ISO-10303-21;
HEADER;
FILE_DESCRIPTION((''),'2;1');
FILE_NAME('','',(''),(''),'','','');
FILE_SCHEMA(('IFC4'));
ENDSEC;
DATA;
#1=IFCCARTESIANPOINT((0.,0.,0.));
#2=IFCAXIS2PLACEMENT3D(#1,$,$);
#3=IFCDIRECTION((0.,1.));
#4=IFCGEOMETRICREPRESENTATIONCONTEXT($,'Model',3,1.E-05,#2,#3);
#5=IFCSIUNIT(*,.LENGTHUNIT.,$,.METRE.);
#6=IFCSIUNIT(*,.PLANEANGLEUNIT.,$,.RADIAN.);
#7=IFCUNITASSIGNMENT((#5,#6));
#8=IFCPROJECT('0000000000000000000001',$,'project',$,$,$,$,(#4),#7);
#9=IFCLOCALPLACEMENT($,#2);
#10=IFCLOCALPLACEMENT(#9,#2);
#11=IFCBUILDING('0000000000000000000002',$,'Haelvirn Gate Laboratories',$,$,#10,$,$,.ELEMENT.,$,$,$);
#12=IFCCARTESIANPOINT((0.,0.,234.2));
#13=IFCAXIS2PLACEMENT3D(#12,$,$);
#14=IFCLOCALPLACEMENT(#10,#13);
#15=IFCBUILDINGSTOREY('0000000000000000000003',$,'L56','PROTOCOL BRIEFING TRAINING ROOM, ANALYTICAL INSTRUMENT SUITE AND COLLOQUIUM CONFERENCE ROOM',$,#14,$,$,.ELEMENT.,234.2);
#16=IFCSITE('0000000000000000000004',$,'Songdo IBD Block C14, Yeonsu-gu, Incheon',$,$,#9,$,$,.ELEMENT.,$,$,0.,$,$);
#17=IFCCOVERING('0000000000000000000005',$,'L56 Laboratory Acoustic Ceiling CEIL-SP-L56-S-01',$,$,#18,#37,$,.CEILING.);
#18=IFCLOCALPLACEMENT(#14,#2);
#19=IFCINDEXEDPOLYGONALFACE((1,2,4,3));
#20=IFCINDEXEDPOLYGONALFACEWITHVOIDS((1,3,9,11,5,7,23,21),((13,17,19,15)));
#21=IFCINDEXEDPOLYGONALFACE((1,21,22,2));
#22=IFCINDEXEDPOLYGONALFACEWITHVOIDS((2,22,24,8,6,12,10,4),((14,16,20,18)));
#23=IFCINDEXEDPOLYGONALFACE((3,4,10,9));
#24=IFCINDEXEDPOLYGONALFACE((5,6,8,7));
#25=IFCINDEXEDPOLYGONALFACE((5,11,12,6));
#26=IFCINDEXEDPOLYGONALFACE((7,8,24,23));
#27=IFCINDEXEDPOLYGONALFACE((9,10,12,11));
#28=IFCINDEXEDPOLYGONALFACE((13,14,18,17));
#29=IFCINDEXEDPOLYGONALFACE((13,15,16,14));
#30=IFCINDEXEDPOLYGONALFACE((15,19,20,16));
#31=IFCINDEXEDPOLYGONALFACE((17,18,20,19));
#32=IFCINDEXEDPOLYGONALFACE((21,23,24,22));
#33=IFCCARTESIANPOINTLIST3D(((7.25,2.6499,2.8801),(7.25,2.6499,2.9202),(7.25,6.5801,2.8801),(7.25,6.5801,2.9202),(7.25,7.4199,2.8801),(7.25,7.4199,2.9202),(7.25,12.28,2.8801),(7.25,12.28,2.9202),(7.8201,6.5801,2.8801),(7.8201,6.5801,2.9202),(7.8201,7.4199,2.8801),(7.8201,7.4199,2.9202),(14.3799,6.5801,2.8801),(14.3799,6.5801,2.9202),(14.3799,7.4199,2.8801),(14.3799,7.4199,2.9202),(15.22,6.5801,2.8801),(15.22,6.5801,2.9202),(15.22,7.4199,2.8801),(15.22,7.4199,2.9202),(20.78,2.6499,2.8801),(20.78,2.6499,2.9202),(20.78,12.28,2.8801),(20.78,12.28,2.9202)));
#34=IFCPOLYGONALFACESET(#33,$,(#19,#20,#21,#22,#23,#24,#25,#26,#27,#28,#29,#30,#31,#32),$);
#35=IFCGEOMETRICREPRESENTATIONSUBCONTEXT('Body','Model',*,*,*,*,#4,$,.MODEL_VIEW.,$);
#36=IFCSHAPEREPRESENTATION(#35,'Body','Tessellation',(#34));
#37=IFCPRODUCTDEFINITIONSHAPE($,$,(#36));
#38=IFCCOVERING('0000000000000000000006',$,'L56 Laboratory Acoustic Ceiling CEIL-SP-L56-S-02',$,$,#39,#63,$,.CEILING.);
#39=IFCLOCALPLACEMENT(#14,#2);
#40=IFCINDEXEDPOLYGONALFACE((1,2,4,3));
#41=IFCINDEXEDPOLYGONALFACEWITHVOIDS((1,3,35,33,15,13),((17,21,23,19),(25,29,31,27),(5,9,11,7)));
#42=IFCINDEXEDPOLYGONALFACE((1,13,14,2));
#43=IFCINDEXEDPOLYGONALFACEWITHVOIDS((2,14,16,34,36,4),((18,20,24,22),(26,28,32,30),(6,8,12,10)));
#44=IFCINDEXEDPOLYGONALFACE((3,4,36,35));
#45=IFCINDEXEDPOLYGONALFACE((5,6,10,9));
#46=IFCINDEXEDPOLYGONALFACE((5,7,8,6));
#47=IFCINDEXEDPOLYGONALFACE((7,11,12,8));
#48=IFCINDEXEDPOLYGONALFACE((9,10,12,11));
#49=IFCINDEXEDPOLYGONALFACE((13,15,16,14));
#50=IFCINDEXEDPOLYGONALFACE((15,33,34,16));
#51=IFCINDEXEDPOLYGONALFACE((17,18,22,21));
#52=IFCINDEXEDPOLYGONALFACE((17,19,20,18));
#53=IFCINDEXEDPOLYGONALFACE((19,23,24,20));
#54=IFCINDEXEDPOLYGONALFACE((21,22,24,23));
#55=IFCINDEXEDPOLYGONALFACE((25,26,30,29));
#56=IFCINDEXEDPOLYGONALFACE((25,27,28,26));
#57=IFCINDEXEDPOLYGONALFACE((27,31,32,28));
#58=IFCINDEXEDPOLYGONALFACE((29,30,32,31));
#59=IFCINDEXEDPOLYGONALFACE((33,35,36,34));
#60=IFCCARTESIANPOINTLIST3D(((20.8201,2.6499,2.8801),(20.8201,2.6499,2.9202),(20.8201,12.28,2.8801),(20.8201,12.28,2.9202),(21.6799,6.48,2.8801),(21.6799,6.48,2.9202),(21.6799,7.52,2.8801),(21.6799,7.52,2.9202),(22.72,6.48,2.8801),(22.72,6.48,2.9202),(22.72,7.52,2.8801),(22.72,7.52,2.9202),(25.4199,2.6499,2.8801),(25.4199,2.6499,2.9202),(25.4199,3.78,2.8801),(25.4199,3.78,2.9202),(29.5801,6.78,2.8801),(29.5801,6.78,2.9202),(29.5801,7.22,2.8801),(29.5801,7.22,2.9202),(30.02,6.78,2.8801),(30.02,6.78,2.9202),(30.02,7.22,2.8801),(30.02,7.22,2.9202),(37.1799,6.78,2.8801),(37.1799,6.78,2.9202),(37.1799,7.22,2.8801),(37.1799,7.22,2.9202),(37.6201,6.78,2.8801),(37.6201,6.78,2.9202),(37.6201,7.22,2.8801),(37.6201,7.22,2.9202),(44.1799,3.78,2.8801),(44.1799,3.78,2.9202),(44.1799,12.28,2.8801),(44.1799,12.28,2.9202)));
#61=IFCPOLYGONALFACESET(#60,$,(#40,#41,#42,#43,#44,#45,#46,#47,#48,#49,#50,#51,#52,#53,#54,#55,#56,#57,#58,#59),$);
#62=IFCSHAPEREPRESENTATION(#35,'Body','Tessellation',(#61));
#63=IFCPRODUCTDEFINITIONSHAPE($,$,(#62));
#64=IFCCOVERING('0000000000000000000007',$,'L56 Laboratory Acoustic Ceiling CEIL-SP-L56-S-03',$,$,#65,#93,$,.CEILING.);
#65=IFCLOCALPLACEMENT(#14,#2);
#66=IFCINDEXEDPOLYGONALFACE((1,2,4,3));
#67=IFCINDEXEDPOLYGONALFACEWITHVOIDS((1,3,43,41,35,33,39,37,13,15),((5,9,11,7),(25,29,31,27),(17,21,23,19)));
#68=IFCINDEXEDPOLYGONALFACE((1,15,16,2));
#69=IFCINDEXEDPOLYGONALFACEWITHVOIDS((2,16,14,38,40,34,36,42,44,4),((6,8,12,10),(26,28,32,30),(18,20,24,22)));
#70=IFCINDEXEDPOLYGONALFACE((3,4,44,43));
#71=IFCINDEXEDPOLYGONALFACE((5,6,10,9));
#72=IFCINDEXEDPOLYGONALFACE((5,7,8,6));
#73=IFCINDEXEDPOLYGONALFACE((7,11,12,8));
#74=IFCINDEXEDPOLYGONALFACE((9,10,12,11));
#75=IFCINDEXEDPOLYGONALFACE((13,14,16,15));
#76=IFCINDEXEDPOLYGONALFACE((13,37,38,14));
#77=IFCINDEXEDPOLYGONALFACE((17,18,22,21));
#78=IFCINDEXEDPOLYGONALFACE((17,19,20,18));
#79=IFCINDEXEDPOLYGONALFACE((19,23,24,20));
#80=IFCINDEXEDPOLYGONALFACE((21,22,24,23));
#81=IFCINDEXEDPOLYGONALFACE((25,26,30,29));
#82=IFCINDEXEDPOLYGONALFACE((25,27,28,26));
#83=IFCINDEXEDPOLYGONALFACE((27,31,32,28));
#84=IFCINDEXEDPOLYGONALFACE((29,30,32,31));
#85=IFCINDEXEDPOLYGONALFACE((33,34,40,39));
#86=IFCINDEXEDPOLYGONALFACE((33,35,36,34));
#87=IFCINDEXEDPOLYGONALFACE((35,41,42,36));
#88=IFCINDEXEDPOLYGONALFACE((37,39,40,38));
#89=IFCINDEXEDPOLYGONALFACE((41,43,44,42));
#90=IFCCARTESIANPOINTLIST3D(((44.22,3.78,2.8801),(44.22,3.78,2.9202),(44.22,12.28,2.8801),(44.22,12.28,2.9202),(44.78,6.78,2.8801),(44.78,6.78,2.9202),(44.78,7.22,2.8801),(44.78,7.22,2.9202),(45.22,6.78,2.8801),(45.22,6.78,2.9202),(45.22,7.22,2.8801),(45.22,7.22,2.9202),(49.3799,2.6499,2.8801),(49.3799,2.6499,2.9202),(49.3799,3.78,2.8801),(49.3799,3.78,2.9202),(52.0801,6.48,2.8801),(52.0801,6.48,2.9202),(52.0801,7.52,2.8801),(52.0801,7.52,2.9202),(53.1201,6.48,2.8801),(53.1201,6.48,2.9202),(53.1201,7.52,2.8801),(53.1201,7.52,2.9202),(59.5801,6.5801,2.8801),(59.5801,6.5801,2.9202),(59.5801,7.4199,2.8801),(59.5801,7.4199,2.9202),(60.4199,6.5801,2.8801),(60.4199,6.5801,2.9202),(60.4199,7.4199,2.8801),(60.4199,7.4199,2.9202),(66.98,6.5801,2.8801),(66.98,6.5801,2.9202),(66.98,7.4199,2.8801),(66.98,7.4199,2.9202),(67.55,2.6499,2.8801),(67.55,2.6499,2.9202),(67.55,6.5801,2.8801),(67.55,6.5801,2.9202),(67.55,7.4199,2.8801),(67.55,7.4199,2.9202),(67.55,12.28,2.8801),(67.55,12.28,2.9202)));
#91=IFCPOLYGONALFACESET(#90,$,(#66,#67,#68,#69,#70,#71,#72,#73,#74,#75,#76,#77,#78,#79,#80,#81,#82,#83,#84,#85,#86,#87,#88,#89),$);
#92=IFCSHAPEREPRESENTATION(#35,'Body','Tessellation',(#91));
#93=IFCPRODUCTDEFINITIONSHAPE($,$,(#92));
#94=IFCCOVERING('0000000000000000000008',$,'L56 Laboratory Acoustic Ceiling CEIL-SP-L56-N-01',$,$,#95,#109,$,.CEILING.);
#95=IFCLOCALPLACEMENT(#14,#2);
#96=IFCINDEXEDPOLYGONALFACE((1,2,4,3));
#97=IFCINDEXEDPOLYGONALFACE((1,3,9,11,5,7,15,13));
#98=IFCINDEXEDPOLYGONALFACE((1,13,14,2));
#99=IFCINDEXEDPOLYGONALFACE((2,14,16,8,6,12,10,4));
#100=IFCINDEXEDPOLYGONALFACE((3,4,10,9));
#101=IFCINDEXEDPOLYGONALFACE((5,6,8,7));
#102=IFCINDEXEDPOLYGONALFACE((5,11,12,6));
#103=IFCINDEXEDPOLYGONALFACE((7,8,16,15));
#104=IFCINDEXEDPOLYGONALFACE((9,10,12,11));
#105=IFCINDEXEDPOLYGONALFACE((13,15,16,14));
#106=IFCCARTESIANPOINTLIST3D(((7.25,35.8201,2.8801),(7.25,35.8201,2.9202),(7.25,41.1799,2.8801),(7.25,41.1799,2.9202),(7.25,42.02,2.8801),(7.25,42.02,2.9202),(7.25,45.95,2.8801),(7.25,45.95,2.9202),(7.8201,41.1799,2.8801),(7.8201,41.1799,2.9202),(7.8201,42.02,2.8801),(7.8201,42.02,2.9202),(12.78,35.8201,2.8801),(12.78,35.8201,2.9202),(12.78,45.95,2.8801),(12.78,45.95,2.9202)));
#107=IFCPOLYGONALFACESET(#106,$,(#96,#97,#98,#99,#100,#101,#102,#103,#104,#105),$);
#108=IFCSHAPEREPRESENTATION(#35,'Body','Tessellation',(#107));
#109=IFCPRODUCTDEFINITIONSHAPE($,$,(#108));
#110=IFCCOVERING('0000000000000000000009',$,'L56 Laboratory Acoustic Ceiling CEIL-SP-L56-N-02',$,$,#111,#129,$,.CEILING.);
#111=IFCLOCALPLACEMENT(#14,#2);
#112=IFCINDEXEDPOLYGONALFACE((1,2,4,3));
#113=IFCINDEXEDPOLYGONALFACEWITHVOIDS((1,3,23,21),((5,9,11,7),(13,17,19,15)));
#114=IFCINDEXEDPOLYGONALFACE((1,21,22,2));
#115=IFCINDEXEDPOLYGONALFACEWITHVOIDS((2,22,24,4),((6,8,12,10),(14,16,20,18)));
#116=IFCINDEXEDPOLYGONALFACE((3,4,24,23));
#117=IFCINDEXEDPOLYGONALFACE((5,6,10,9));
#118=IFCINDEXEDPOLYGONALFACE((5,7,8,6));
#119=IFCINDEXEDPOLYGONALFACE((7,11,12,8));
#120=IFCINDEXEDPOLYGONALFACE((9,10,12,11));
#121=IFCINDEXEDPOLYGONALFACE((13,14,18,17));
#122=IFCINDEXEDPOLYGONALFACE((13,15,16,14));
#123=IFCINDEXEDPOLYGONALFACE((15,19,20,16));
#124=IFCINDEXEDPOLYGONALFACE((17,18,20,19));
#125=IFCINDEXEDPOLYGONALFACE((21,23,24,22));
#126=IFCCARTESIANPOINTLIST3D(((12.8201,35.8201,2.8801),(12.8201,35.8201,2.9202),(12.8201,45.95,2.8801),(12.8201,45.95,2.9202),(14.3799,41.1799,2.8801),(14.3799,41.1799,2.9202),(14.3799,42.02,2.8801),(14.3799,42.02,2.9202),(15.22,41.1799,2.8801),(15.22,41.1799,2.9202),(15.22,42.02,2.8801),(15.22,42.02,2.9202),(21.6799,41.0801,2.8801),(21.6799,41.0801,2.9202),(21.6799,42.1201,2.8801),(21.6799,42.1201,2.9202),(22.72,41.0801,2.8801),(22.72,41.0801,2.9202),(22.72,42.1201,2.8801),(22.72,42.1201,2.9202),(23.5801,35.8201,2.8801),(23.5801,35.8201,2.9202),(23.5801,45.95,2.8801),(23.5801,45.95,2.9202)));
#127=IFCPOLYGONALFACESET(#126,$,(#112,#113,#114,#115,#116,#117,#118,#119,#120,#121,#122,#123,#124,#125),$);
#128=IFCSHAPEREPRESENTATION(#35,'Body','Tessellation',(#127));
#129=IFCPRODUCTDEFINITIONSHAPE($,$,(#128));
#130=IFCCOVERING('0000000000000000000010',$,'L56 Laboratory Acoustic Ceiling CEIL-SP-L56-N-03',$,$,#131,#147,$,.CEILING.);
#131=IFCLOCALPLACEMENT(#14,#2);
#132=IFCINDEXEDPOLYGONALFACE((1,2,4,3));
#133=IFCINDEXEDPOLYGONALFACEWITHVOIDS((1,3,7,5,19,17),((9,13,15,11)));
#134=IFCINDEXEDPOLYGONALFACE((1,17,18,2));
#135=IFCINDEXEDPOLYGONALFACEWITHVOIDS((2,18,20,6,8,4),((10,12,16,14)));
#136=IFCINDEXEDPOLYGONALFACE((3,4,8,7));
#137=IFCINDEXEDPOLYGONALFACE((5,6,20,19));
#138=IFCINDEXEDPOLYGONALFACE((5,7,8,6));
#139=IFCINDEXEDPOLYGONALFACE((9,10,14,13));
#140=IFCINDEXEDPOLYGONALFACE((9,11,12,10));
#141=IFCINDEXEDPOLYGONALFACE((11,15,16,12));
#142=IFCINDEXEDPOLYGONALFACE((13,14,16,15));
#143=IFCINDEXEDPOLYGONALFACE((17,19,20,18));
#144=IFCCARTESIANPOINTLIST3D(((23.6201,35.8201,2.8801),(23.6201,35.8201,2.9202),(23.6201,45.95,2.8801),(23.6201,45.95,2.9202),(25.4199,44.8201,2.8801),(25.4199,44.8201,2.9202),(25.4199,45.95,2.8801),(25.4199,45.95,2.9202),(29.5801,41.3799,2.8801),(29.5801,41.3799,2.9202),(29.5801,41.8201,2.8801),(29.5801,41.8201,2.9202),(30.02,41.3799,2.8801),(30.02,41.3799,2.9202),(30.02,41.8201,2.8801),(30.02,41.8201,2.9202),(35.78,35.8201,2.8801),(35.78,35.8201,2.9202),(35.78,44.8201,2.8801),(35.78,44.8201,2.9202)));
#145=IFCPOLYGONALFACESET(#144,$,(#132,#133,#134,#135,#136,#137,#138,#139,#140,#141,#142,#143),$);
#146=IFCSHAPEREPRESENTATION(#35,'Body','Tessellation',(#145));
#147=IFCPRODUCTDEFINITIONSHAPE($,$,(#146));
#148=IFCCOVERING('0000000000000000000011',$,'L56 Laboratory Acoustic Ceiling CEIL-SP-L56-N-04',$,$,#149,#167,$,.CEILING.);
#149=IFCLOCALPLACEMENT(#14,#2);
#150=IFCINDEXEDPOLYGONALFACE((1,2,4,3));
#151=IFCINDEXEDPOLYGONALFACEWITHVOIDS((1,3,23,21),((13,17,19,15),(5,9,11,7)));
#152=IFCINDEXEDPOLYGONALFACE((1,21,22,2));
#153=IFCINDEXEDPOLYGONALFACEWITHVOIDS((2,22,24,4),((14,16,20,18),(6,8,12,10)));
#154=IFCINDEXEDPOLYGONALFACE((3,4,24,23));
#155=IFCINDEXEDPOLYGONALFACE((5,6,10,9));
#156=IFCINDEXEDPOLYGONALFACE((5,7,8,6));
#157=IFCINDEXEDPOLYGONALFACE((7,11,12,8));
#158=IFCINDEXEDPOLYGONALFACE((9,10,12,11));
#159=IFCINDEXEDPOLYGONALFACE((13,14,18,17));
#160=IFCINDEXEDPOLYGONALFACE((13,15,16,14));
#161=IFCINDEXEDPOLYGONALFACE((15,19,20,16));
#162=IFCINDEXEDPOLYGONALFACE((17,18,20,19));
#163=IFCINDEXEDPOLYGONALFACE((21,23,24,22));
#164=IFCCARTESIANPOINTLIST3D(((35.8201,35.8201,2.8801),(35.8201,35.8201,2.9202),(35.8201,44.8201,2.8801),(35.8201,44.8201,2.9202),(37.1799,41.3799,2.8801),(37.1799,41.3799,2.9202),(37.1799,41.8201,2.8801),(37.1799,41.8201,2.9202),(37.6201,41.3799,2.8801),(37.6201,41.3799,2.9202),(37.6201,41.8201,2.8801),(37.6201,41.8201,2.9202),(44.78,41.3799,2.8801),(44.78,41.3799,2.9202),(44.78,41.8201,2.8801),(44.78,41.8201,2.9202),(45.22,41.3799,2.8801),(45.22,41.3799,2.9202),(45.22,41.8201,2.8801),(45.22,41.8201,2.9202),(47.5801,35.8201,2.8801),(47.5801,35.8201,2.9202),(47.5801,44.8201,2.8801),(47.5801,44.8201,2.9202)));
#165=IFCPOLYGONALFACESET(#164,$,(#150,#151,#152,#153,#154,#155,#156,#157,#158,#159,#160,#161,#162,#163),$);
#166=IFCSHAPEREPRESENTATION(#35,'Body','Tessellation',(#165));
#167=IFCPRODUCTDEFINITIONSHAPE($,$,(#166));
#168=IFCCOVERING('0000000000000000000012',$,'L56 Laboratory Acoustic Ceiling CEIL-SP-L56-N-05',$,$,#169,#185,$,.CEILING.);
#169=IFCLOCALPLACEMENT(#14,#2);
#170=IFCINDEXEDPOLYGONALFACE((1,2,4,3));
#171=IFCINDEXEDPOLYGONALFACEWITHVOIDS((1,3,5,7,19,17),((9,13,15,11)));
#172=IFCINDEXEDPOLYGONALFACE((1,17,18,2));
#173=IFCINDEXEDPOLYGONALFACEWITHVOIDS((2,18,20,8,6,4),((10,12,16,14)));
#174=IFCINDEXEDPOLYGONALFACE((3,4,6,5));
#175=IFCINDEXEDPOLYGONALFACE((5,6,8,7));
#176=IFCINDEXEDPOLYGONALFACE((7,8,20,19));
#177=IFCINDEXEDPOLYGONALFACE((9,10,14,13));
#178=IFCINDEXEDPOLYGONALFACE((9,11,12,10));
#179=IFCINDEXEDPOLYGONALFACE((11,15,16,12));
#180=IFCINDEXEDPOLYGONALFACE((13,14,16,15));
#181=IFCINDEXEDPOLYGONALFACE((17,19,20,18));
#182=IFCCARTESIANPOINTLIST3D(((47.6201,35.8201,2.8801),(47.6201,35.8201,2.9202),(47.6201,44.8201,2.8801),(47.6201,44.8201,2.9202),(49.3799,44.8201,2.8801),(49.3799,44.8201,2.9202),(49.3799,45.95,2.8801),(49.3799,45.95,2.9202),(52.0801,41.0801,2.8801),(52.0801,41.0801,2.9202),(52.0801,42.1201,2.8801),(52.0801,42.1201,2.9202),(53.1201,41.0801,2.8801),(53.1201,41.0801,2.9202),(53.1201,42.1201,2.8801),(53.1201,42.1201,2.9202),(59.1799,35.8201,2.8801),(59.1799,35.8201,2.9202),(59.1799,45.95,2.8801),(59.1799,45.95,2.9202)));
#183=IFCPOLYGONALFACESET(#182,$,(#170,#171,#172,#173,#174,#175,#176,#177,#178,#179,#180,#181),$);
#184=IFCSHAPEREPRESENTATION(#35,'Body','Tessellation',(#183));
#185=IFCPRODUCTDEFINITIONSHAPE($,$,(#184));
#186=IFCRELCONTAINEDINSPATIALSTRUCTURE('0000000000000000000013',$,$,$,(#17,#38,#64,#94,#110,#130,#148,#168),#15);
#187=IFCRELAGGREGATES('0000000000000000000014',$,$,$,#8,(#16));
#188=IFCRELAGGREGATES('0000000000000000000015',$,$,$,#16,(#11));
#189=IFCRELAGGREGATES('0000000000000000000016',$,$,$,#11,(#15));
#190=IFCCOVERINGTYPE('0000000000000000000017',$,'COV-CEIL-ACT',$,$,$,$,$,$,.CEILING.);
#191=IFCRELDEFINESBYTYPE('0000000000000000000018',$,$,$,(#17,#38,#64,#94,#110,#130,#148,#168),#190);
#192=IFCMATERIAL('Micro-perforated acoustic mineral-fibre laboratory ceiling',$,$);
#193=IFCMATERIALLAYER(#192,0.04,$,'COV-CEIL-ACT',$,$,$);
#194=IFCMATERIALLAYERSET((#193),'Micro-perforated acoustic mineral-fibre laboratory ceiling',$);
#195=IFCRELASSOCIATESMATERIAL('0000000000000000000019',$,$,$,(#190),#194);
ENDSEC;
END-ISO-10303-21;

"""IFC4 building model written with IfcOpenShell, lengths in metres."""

from ifc_helpers import new_model, si_unit, direction, frame, origin, place, context, subcontext, project, spatial, polyline, outline, extrude, material, layer, layer_set, type_object, element, save


model = new_model("IFC4")

# Units and contexts
model_context = context("Model", 3, precision=1e-05, world=origin(), true_north=direction((0.0, 1.0)))
body_context = subcontext(model_context, "Body", "Model", "MODEL_VIEW")
ifc_project = project(units=[si_unit("LENGTHUNIT", "METRE"), si_unit("PLANEANGLEUNIT", "RADIAN")], contexts=[model_context])

# Site, building, storey
site_placement = place(None, origin())
site = spatial("IfcSite", under=ifc_project, at=site_placement, Name="Songdo IBD Block C14, Yeonsu-gu, Incheon", CompositionType="ELEMENT", RefElevation=0.0)
building_placement = place(site_placement, origin())
building = spatial("IfcBuilding", under=site, at=building_placement, Name="Haelvirn Gate Laboratories", CompositionType="ELEMENT")
storey_placement = place(building_placement, frame((0.0, 0.0, 234.2)))
storey = spatial("IfcBuildingStorey", under=building, at=storey_placement, Name="L56", Description="PROTOCOL BRIEFING TRAINING ROOM, ANALYTICAL INSTRUMENT SUITE AND COLLOQUIUM CONFERENCE ROOM", CompositionType="ELEMENT", Elevation=234.2)

# Coverings
ifc_material_1 = material(Name="Micro-perforated acoustic mineral-fibre laboratory ceiling")
ifc_layer_1 = layer(ifc_material_1, 0.04, Name="COV-CEIL-ACT")
ifc_layer_set_1 = layer_set([ifc_layer_1], Name="Micro-perforated acoustic mineral-fibre laboratory ceiling")
covering_type = type_object("IfcCoveringType", Name="COV-CEIL-ACT", PredefinedType="CEILING", material=ifc_layer_set_1)
covering_1_placement = place(storey_placement, frame((0.0, 0.0, 2.8801)))
element("IfcCovering", 1, at=covering_1_placement, inside=storey, type_object=covering_type, Name="L56 Laboratory Acoustic Ceiling CEIL-SP-L56-S-01", PredefinedType="CEILING", context=body_context, shape_type="SweptSolid", body=[
    extrude(outline(polyline([(7.25, 6.5801), (7.8201, 6.5801), (7.8201, 7.4199), (7.25, 7.4199), (7.25, 12.28), (20.78, 12.28), (20.78, 2.6499), (7.25, 2.6499), (7.25, 6.5801)]), holes=[polyline([(14.3799, 7.4199), (14.3799, 6.5801), (15.22, 6.5801), (15.22, 7.4199), (14.3799, 7.4199)])]), origin(), (0.0, 0.0, 1.0), 0.04),
])
covering_2_placement = place(storey_placement, frame((0.0, 0.0, 2.8801)))
element("IfcCovering", 2, at=covering_2_placement, inside=storey, type_object=covering_type, Name="L56 Laboratory Acoustic Ceiling CEIL-SP-L56-S-02", PredefinedType="CEILING", context=body_context, shape_type="SweptSolid", body=[
    extrude(outline(polyline([(20.8201, 12.28), (44.1799, 12.28), (44.1799, 3.78), (25.4199, 3.78), (25.4199, 2.6499), (20.8201, 2.6499), (20.8201, 12.28)]), holes=[polyline([(21.6799, 6.48), (22.72, 6.48), (22.72, 7.52), (21.6799, 7.52), (21.6799, 6.48)]), polyline([(29.5801, 7.22), (29.5801, 6.78), (30.02, 6.78), (30.02, 7.22), (29.5801, 7.22)]), polyline([(37.6201, 7.22), (37.1799, 7.22), (37.1799, 6.78), (37.6201, 6.78), (37.6201, 7.22)])]), origin(), (0.0, 0.0, 1.0), 0.04),
])
covering_3_placement = place(storey_placement, frame((0.0, 0.0, 2.8801)))
element("IfcCovering", 3, at=covering_3_placement, inside=storey, type_object=covering_type, Name="L56 Laboratory Acoustic Ceiling CEIL-SP-L56-S-03", PredefinedType="CEILING", context=body_context, shape_type="SweptSolid", body=[
    extrude(outline(polyline([(67.55, 7.4199), (66.98, 7.4199), (66.98, 6.5801), (67.55, 6.5801), (67.55, 2.6499), (49.3799, 2.6499), (49.3799, 3.78), (44.22, 3.78), (44.22, 12.28), (67.55, 12.28), (67.55, 7.4199)]), holes=[polyline([(53.1201, 6.48), (53.1201, 7.52), (52.0801, 7.52), (52.0801, 6.48), (53.1201, 6.48)]), polyline([(59.5801, 6.5801), (60.4199, 6.5801), (60.4199, 7.4199), (59.5801, 7.4199), (59.5801, 6.5801)]), polyline([(45.22, 7.22), (44.78, 7.22), (44.78, 6.78), (45.22, 6.78), (45.22, 7.22)])]), origin(), (0.0, 0.0, 1.0), 0.04),
])
covering_4_placement = place(storey_placement, frame((0.0, 0.0, 2.8801)))
element("IfcCovering", 4, at=covering_4_placement, inside=storey, type_object=covering_type, Name="L56 Laboratory Acoustic Ceiling CEIL-SP-L56-N-01", PredefinedType="CEILING", context=body_context, shape_type="SweptSolid", body=[
    extrude(outline(polyline([(7.25, 45.95), (12.78, 45.95), (12.78, 35.8201), (7.25, 35.8201), (7.25, 41.1799), (7.8201, 41.1799), (7.8201, 42.02), (7.25, 42.02), (7.25, 45.95)])), origin(), (0.0, 0.0, 1.0), 0.04),
])
covering_5_placement = place(storey_placement, frame((0.0, 0.0, 2.8801)))
element("IfcCovering", 5, at=covering_5_placement, inside=storey, type_object=covering_type, Name="L56 Laboratory Acoustic Ceiling CEIL-SP-L56-N-02", PredefinedType="CEILING", context=body_context, shape_type="SweptSolid", body=[
    extrude(outline(polyline([(12.8201, 45.95), (23.5801, 45.95), (23.5801, 35.8201), (12.8201, 35.8201), (12.8201, 45.95)]), holes=[polyline([(14.3799, 42.02), (14.3799, 41.1799), (15.22, 41.1799), (15.22, 42.02), (14.3799, 42.02)]), polyline([(22.72, 42.1201), (21.6799, 42.1201), (21.6799, 41.0801), (22.72, 41.0801), (22.72, 42.1201)])]), origin(), (0.0, 0.0, 1.0), 0.04),
])
covering_6_placement = place(storey_placement, frame((0.0, 0.0, 2.8801)))
element("IfcCovering", 6, at=covering_6_placement, inside=storey, type_object=covering_type, Name="L56 Laboratory Acoustic Ceiling CEIL-SP-L56-N-03", PredefinedType="CEILING", context=body_context, shape_type="SweptSolid", body=[
    extrude(outline(polyline([(25.4199, 45.95), (25.4199, 44.8201), (35.78, 44.8201), (35.78, 35.8201), (23.6201, 35.8201), (23.6201, 45.95), (25.4199, 45.95)]), holes=[polyline([(30.02, 41.8201), (29.5801, 41.8201), (29.5801, 41.3799), (30.02, 41.3799), (30.02, 41.8201)])]), origin(), (0.0, 0.0, 1.0), 0.04),
])
covering_7_placement = place(storey_placement, frame((0.0, 0.0, 2.8801)))
element("IfcCovering", 7, at=covering_7_placement, inside=storey, type_object=covering_type, Name="L56 Laboratory Acoustic Ceiling CEIL-SP-L56-N-04", PredefinedType="CEILING", context=body_context, shape_type="SweptSolid", body=[
    extrude(outline(polyline([(35.8201, 35.8201), (35.8201, 44.8201), (47.5801, 44.8201), (47.5801, 35.8201), (35.8201, 35.8201)]), holes=[polyline([(37.1799, 41.8201), (37.1799, 41.3799), (37.6201, 41.3799), (37.6201, 41.8201), (37.1799, 41.8201)]), polyline([(45.22, 41.8201), (44.78, 41.8201), (44.78, 41.3799), (45.22, 41.3799), (45.22, 41.8201)])]), origin(), (0.0, 0.0, 1.0), 0.04),
])
covering_8_placement = place(storey_placement, frame((0.0, 0.0, 2.8801)))
element("IfcCovering", 8, at=covering_8_placement, inside=storey, type_object=covering_type, Name="L56 Laboratory Acoustic Ceiling CEIL-SP-L56-N-05", PredefinedType="CEILING", context=body_context, shape_type="SweptSolid", body=[
    extrude(outline(polyline([(47.6201, 44.8201), (49.3799, 44.8201), (49.3799, 45.95), (59.1799, 45.95), (59.1799, 35.8201), (47.6201, 35.8201), (47.6201, 44.8201)]), holes=[polyline([(53.1201, 42.1201), (52.0801, 42.1201), (52.0801, 41.0801), (53.1201, 41.0801), (53.1201, 42.1201)])]), origin(), (0.0, 0.0, 1.0), 0.04),
])

save(model, "model.ifc")
